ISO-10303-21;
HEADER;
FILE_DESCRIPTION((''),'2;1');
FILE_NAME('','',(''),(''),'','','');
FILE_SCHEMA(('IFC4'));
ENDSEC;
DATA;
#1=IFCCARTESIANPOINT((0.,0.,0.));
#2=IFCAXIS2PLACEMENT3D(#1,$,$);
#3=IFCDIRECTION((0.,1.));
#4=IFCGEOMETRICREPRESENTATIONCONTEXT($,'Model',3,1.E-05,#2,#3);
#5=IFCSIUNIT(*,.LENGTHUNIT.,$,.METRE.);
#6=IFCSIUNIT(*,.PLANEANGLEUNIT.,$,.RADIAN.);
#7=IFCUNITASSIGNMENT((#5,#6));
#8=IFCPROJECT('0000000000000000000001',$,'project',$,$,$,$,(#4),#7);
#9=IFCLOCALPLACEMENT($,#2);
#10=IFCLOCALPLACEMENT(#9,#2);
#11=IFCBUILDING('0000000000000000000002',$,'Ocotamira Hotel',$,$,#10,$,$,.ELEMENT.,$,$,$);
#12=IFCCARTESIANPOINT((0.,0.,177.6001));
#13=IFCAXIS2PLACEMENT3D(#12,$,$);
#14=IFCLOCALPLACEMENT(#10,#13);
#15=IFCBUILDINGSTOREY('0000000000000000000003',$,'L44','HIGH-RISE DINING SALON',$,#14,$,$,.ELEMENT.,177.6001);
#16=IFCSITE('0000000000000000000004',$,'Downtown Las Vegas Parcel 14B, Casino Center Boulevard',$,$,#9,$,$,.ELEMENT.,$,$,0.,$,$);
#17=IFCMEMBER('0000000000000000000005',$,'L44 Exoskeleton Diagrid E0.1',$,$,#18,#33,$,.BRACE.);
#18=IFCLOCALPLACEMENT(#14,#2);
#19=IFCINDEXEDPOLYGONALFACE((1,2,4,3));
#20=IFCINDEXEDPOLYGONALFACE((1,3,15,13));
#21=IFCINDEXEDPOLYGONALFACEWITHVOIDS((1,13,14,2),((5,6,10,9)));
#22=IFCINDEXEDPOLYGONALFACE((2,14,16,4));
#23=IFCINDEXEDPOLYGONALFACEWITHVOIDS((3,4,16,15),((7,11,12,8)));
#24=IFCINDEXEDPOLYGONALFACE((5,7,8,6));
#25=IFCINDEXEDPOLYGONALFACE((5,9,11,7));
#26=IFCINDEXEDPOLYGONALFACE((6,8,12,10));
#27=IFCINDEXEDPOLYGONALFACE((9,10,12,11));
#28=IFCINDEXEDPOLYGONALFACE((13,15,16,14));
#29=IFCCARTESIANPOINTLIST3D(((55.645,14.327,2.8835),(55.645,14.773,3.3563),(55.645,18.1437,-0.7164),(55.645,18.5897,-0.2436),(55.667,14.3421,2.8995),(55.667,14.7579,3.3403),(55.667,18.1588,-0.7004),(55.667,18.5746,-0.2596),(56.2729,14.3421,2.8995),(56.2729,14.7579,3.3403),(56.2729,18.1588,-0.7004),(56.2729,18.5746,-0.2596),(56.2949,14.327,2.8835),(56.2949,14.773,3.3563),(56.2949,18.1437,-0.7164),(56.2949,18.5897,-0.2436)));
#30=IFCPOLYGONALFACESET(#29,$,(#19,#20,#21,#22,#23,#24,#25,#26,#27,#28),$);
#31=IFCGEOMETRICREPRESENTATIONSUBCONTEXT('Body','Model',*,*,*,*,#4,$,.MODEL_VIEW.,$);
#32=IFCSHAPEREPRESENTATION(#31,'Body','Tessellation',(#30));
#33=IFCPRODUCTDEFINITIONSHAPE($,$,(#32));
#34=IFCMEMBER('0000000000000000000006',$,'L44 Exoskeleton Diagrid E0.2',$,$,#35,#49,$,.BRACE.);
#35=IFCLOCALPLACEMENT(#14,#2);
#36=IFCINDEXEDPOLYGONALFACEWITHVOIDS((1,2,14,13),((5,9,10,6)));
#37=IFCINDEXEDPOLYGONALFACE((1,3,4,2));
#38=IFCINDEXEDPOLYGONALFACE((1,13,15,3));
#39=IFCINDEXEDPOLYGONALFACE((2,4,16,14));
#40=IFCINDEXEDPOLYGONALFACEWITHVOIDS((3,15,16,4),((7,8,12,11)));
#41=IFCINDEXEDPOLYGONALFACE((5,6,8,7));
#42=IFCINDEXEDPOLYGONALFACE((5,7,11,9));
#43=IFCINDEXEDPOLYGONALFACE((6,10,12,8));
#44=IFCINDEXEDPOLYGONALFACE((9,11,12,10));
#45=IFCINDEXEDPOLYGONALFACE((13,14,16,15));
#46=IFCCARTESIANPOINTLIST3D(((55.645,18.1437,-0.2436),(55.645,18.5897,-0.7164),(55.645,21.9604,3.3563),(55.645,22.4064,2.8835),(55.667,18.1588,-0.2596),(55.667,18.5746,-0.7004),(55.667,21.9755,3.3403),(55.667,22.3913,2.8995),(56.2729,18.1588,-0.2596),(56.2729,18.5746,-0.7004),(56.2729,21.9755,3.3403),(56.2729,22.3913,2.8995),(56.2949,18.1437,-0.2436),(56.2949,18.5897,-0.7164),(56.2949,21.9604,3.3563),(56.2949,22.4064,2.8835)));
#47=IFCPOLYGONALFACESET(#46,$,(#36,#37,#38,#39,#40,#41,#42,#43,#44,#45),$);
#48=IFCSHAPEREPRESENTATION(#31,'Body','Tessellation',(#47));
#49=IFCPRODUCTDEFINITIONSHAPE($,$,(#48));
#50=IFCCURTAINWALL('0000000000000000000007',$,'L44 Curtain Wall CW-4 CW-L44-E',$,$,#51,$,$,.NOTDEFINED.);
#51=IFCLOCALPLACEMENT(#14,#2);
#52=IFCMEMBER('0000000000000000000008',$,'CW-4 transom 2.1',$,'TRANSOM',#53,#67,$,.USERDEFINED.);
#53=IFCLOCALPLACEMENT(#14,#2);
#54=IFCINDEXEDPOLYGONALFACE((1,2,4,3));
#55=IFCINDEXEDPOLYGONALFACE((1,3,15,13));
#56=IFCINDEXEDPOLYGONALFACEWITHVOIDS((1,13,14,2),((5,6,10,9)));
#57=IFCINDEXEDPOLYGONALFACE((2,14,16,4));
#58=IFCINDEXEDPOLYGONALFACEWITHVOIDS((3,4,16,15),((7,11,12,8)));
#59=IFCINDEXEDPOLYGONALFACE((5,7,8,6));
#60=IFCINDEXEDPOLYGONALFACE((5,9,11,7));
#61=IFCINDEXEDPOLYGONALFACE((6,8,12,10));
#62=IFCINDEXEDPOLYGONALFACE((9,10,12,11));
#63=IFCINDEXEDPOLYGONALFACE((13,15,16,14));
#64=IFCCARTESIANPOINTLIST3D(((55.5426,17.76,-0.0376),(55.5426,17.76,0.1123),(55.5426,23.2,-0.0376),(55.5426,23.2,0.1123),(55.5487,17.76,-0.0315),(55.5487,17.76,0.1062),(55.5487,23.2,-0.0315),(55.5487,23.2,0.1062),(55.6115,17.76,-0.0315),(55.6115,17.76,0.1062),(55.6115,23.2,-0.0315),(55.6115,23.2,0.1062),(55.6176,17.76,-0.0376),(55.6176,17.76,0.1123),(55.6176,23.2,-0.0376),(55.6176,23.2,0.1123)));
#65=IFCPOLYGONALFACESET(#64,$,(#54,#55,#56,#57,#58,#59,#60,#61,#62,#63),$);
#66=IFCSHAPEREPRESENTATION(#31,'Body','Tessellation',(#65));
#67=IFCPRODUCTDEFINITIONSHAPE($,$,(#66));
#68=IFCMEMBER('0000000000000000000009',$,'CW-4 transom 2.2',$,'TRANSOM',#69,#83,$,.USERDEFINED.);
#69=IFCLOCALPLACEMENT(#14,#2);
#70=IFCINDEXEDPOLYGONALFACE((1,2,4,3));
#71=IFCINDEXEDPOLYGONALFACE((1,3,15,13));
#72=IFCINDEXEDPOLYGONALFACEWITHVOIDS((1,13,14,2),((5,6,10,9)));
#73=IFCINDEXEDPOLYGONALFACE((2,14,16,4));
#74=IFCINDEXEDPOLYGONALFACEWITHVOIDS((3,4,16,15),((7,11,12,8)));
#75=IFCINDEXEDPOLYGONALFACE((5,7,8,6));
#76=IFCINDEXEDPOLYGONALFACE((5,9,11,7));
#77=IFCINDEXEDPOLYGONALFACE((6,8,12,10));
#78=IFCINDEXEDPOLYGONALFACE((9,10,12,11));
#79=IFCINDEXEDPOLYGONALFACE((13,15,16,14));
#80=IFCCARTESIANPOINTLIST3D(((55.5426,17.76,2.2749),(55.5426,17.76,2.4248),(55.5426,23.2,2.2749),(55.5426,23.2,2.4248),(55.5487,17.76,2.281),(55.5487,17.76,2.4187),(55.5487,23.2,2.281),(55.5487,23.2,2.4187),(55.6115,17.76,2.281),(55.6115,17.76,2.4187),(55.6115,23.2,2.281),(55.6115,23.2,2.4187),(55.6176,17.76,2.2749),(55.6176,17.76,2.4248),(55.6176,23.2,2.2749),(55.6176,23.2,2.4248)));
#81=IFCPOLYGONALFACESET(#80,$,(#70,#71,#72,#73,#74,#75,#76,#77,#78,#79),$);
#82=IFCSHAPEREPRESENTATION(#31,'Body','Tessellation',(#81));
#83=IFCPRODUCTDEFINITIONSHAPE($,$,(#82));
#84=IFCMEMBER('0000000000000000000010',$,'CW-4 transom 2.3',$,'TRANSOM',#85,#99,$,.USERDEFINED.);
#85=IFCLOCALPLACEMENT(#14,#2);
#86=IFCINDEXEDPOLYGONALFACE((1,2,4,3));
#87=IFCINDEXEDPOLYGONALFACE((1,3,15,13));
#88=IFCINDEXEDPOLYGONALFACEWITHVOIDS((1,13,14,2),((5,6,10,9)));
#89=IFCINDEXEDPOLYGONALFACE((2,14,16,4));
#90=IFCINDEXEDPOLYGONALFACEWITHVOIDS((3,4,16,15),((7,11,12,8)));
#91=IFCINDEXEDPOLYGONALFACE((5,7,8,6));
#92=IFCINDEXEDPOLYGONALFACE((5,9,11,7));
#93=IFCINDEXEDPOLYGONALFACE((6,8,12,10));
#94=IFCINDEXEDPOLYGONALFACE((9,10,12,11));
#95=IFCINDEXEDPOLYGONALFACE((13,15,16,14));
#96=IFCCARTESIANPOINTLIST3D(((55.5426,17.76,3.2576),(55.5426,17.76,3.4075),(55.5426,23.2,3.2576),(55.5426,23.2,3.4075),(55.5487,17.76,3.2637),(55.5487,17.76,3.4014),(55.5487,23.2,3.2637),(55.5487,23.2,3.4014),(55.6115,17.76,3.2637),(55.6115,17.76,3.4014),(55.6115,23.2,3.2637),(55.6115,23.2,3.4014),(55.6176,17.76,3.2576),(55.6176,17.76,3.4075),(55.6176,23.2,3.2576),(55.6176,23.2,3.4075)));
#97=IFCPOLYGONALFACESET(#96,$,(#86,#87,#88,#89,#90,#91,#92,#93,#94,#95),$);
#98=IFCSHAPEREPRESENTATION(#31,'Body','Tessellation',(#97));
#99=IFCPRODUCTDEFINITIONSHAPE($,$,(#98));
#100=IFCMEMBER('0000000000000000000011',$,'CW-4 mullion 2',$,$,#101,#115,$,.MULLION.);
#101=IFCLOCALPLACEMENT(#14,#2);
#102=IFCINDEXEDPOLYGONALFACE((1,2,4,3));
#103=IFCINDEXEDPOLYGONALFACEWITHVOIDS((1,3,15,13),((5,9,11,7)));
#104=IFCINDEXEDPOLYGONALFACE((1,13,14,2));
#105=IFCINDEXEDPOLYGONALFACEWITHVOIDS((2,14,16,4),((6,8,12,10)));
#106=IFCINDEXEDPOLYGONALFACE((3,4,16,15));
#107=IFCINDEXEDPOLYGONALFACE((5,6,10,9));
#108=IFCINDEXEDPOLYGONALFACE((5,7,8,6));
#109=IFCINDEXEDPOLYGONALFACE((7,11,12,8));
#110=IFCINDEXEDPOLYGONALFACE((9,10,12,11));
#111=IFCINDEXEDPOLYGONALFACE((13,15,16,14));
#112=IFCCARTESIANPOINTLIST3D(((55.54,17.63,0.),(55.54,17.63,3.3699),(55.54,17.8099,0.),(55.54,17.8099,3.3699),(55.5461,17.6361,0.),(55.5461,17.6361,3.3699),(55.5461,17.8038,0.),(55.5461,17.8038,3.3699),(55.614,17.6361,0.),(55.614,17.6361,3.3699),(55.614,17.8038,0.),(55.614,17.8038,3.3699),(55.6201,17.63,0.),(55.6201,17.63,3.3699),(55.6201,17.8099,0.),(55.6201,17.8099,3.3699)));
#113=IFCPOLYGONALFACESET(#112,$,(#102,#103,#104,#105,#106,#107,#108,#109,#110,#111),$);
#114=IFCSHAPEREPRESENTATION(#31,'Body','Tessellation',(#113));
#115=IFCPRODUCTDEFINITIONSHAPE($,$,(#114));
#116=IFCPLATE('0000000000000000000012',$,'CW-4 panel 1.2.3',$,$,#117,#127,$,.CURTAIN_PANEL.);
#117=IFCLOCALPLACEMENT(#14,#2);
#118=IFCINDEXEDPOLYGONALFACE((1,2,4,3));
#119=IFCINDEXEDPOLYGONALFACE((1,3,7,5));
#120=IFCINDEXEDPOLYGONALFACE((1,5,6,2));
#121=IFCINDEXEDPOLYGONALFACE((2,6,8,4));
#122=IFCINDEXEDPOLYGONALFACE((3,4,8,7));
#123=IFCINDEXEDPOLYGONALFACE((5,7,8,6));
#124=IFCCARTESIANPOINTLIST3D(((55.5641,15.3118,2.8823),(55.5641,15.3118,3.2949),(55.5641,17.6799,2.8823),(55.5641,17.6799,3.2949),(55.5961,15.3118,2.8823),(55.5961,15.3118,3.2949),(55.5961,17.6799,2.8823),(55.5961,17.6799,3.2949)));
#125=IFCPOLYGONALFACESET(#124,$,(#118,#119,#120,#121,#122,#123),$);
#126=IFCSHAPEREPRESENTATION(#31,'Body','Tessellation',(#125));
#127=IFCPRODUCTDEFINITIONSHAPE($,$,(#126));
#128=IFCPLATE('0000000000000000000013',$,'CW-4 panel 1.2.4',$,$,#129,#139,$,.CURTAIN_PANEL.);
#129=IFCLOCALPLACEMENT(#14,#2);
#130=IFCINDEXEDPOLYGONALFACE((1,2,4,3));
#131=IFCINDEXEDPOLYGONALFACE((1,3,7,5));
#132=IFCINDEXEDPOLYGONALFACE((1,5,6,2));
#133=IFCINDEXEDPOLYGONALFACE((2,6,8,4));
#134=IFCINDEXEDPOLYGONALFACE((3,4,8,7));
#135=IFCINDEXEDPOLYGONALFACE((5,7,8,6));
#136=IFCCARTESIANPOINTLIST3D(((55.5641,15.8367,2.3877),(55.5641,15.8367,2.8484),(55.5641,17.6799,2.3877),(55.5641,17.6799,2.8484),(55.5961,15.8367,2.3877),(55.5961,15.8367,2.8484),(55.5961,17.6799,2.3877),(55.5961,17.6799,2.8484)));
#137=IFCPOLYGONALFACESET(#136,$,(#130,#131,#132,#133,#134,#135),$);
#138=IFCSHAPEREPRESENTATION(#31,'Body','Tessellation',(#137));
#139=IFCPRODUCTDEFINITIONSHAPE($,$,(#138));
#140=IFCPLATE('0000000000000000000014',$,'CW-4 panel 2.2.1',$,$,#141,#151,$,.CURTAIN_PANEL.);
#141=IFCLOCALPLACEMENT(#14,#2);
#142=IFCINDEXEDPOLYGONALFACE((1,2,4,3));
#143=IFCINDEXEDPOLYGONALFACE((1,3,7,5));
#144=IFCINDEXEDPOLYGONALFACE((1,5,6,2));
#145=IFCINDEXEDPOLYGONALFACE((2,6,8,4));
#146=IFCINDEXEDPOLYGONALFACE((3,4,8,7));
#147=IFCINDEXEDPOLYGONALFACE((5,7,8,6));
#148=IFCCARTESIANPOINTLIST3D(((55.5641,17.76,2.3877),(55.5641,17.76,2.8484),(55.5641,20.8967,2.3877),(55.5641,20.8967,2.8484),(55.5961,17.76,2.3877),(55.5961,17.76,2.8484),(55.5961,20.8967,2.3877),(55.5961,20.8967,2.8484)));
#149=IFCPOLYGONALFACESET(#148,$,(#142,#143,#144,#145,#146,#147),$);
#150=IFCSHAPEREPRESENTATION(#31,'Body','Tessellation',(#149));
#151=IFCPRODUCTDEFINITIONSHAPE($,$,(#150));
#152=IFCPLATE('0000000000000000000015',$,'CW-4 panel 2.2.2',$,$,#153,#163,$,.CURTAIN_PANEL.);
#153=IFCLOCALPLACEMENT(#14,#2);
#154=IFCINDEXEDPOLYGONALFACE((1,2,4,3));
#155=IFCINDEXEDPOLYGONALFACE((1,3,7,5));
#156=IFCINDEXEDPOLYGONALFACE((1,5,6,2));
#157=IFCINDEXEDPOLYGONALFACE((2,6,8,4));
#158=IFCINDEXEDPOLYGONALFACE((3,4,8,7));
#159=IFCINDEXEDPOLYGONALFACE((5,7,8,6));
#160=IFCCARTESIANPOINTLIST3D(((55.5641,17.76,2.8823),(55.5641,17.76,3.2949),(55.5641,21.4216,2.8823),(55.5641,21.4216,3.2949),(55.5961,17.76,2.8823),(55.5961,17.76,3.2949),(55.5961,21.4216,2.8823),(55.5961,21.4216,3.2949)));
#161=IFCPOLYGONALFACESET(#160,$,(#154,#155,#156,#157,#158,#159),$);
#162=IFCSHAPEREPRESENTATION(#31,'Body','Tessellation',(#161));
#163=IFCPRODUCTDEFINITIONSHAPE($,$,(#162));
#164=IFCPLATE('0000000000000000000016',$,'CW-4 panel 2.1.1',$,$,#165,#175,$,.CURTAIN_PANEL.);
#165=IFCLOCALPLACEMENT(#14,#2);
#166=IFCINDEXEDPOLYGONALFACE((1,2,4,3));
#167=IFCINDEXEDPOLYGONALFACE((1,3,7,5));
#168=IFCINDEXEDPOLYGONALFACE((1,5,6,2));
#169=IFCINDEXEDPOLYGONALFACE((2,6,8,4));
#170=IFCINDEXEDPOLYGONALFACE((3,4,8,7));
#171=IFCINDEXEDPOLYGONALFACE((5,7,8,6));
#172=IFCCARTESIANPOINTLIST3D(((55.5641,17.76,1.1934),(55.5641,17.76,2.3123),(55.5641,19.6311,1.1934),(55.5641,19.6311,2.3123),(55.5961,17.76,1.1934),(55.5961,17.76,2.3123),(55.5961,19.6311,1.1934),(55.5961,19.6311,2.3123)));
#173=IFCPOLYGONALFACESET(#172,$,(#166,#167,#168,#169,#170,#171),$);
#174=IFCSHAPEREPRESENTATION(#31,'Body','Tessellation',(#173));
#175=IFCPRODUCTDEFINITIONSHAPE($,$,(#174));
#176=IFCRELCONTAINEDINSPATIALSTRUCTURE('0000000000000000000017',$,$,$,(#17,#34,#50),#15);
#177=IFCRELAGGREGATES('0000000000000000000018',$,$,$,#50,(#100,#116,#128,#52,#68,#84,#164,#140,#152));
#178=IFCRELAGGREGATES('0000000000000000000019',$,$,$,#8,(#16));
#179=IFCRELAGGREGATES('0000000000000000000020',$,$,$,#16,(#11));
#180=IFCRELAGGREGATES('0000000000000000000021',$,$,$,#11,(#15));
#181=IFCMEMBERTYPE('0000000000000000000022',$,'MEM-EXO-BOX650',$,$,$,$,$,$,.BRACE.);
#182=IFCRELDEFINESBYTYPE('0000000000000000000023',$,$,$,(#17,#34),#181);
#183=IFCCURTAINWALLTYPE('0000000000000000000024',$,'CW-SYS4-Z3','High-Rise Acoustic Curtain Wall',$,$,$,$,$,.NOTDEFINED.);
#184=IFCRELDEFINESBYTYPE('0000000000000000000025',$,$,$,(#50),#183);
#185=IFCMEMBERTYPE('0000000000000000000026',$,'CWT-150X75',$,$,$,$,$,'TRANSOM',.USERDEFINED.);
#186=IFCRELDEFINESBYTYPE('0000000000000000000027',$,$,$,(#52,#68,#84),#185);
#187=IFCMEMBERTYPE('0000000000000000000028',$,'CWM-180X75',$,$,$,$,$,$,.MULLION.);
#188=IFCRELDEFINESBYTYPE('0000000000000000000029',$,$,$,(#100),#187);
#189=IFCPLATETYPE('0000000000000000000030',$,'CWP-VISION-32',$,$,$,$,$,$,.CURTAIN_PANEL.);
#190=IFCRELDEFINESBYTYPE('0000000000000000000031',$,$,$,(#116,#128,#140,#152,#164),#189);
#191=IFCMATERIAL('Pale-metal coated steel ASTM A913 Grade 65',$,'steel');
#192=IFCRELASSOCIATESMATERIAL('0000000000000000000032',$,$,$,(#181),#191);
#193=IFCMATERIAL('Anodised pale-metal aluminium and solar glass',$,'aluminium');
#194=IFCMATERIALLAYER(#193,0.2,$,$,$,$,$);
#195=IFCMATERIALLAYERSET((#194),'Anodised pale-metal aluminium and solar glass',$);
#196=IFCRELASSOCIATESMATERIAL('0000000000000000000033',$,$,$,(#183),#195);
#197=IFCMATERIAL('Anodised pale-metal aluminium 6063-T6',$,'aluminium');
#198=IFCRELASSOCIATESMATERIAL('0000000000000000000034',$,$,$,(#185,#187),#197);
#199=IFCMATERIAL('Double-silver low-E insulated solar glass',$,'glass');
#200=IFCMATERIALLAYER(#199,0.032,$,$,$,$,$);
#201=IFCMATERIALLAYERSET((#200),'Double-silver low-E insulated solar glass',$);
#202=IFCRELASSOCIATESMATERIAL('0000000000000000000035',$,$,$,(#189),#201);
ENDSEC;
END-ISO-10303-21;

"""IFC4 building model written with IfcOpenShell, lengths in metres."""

from ifc_helpers import new_model, si_unit, direction, frame, origin, origin_2d, place, context, subcontext, project, spatial, rectangle, hollow_rectangle, extrude, source, transform, mapped, material, layer, layer_set, material_profile, profile_set, type_object, element, aggregate, save


model = new_model("IFC4")

# Units and contexts
model_context = context("Model", 3, precision=1e-05, world=origin(), true_north=direction((0.0, 1.0)))
body_context = subcontext(model_context, "Body", "Model", "MODEL_VIEW")
ifc_project = project(units=[si_unit("LENGTHUNIT", "METRE"), si_unit("PLANEANGLEUNIT", "RADIAN")], contexts=[model_context])

# Site, building, storey
site_placement = place(None, origin())
site = spatial("IfcSite", under=ifc_project, at=site_placement, Name="Downtown Las Vegas Parcel 14B, Casino Center Boulevard", CompositionType="ELEMENT", RefElevation=0.0)
building_placement = place(site_placement, origin())
building = spatial("IfcBuilding", under=site, at=building_placement, Name="Ocotamira Hotel", CompositionType="ELEMENT")
storey_placement = place(building_placement, frame((0.0, 0.0, 177.6001)))
storey = spatial("IfcBuildingStorey", under=building, at=storey_placement, Name="L44", Description="HIGH-RISE DINING SALON", CompositionType="ELEMENT", Elevation=177.6001)

# Members
ifc_material_1 = material(Name="Pale-metal coated steel ASTM A913 Grade 65", Category="steel")
ifc_material_profile_1 = material_profile(ifc_material_1, hollow_rectangle(XDim=0.6499, YDim=0.6499, WallThickness=0.022, at=origin_2d()), Name="BOX650X650X22")
ifc_profile_set_1 = profile_set([ifc_material_profile_1], Name="Pale-metal coated steel ASTM A913 Grade 65")
member_type_1 = type_object("IfcMemberType", Name="MEM-EXO-BOX650", PredefinedType="BRACE", material=ifc_profile_set_1)
shared_shape_1 = source(origin(), body_context, "Body", "SweptSolid", [
    extrude(hollow_rectangle(XDim=0.6499, YDim=0.6499, WallThickness=0.022, at=origin_2d()), origin(), (0.0, 0.0, 1.0), 5.2466),
])
for number, where, z_axis, x_axis, name in (
    (1, (55.97, 18.3667, -0.48), (0.0, -0.727466, 0.686144), (1.0, 0.0, 0.0), "L44 Exoskeleton Diagrid E0.1"),
    (2, (55.97, 18.3667, -0.48), (0.0, 0.727466, 0.686144), (-1.0, 0.0, 0.0), "L44 Exoskeleton Diagrid E0.2"),
):
    element("IfcMember", number, at=place(storey_placement, frame(where, z_axis=z_axis, x_axis=x_axis)), inside=storey, type_object=member_type_1, Name=name, PredefinedType="BRACE", context=body_context, shape_type="MappedRepresentation", body=[
        mapped(shared_shape_1, transform((0.0, 0.0, 0.0), scale=1.0)),
    ])

# Curtain wall, members, plates
ifc_material_2 = material(Name="Anodised pale-metal aluminium and solar glass", Category="aluminium")
ifc_layer_1 = layer(ifc_material_2, 0.2)
ifc_layer_set_1 = layer_set([ifc_layer_1], Name="Anodised pale-metal aluminium and solar glass")
curtain_wall_type = type_object("IfcCurtainWallType", Name="CW-SYS4-Z3", Description="High-Rise Acoustic Curtain Wall", PredefinedType="NOTDEFINED", material=ifc_layer_set_1)
curtain_wall_placement = place(storey_placement, origin())
curtain_wall = element("IfcCurtainWall", 3, at=curtain_wall_placement, inside=storey, type_object=curtain_wall_type, Name="L44 Curtain Wall CW-4 CW-L44-E", PredefinedType="NOTDEFINED")
ifc_material_3 = material(Name="Anodised pale-metal aluminium 6063-T6", Category="aluminium")
ifc_material_profile_2 = material_profile(ifc_material_3, hollow_rectangle(XDim=0.075, YDim=0.1499, WallThickness=0.0061, at=origin_2d()), Name="HSS150X75X6")
ifc_profile_set_2 = profile_set([ifc_material_profile_2], Name="Anodised pale-metal aluminium 6063-T6")
member_type_2 = type_object("IfcMemberType", Name="CWT-150X75", ElementType="TRANSOM", PredefinedType="USERDEFINED", material=ifc_profile_set_2)
shared_shape_2 = source(origin(), body_context, "Body", "SweptSolid", [
    extrude(hollow_rectangle(XDim=0.075, YDim=0.1499, WallThickness=0.0061, at=origin_2d()), origin(), (0.0, 0.0, 1.0), 5.4399),
])
member_1_placement = place(storey_placement, frame((55.5801, 17.76, 0.0374), z_axis=(0.0, 1.0, 0.0), x_axis=(-1.0, 0.0, 0.0)))
member_1 = element("IfcMember", 4, at=member_1_placement, type_object=member_type_2, Name="CW-4 transom 2.1", ObjectType="TRANSOM", PredefinedType="USERDEFINED", context=body_context, shape_type="MappedRepresentation", body=[
    mapped(shared_shape_2, transform((0.0, 0.0, 0.0), scale=1.0)),
])
member_2_placement = place(storey_placement, frame((55.5801, 17.76, 2.3499), z_axis=(0.0, 1.0, 0.0), x_axis=(-1.0, 0.0, 0.0)))
member_2 = element("IfcMember", 5, at=member_2_placement, type_object=member_type_2, Name="CW-4 transom 2.2", ObjectType="TRANSOM", PredefinedType="USERDEFINED", context=body_context, shape_type="MappedRepresentation", body=[
    mapped(shared_shape_2, transform((0.0, 0.0, 0.0), scale=1.0)),
])
member_3_placement = place(storey_placement, frame((55.5801, 17.76, 3.3325), z_axis=(0.0, 1.0, 0.0), x_axis=(-1.0, 0.0, 0.0)))
member_3 = element("IfcMember", 6, at=member_3_placement, type_object=member_type_2, Name="CW-4 transom 2.3", ObjectType="TRANSOM", PredefinedType="USERDEFINED", context=body_context, shape_type="MappedRepresentation", body=[
    mapped(shared_shape_2, transform((0.0, 0.0, 0.0), scale=1.0)),
])
ifc_material_profile_3 = material_profile(ifc_material_3, hollow_rectangle(XDim=0.0801, YDim=0.1799, WallThickness=0.0061, at=origin_2d()), Name="HSS180X80X6")
ifc_profile_set_3 = profile_set([ifc_material_profile_3], Name="Anodised pale-metal aluminium 6063-T6")
member_type_3 = type_object("IfcMemberType", Name="CWM-180X75", PredefinedType="MULLION", material=ifc_profile_set_3)
shared_shape_3 = source(origin(), body_context, "Body", "SweptSolid", [
    extrude(hollow_rectangle(XDim=0.0801, YDim=0.1799, WallThickness=0.0061, at=origin_2d()), origin(), (0.0, 0.0, 1.0), 3.3699),
])
member_4_placement = place(storey_placement, frame((55.5801, 17.72, 0.0), z_axis=(0.0, 0.0, 1.0), x_axis=(-1.0, 0.0, 0.0)))
member_4 = element("IfcMember", 7, at=member_4_placement, type_object=member_type_3, Name="CW-4 mullion 2", PredefinedType="MULLION", context=body_context, shape_type="MappedRepresentation", body=[
    mapped(shared_shape_3, transform((0.0, 0.0, 0.0), scale=1.0)),
])
ifc_material_4 = material(Name="Double-silver low-E insulated solar glass", Category="glass")
ifc_layer_2 = layer(ifc_material_4, 0.032)
ifc_layer_set_2 = layer_set([ifc_layer_2], Name="Double-silver low-E insulated solar glass")
plate_type = type_object("IfcPlateType", Name="CWP-VISION-32", PredefinedType="CURTAIN_PANEL", material=ifc_layer_set_2)
shared_shape_4 = source(origin(), body_context, "Body", "SweptSolid", [
    extrude(rectangle(XDim=2.3682, YDim=0.032, at=origin_2d()), origin(), (0.0, 0.0, 1.0), 0.4126),
])
plate_1_placement = place(storey_placement, frame((55.5801, 16.4958, 2.8823), z_axis=(0.0, 0.0, 1.0), x_axis=(0.0, 1.0, 0.0)))
plate_1 = element("IfcPlate", 8, at=plate_1_placement, type_object=plate_type, Name="CW-4 panel 1.2.3", PredefinedType="CURTAIN_PANEL", context=body_context, shape_type="MappedRepresentation", body=[
    mapped(shared_shape_4, transform((0.0, 0.0, 0.0), scale=1.0)),
])
shared_shape_5 = source(origin(), body_context, "Body", "SweptSolid", [
    extrude(rectangle(XDim=1.8433, YDim=0.032, at=origin_2d()), origin(), (0.0, 0.0, 1.0), 0.4607),
])
plate_2_placement = place(storey_placement, frame((55.5801, 16.7583, 2.3877), z_axis=(0.0, 0.0, 1.0), x_axis=(0.0, 1.0, 0.0)))
plate_2 = element("IfcPlate", 9, at=plate_2_placement, type_object=plate_type, Name="CW-4 panel 1.2.4", PredefinedType="CURTAIN_PANEL", context=body_context, shape_type="MappedRepresentation", body=[
    mapped(shared_shape_5, transform((0.0, 0.0, 0.0), scale=1.0)),
])
shared_shape_6 = source(origin(), body_context, "Body", "SweptSolid", [
    extrude(rectangle(XDim=3.1367, YDim=0.032, at=origin_2d()), origin(), (0.0, 0.0, 1.0), 0.4607),
])
plate_3_placement = place(storey_placement, frame((55.5801, 19.3284, 2.3877), z_axis=(0.0, 0.0, 1.0), x_axis=(0.0, 1.0, 0.0)))
plate_3 = element("IfcPlate", 10, at=plate_3_placement, type_object=plate_type, Name="CW-4 panel 2.2.1", PredefinedType="CURTAIN_PANEL", context=body_context, shape_type="MappedRepresentation", body=[
    mapped(shared_shape_6, transform((0.0, 0.0, 0.0), scale=1.0)),
])
shared_shape_7 = source(origin(), body_context, "Body", "SweptSolid", [
    extrude(rectangle(XDim=3.6616, YDim=0.032, at=origin_2d()), origin(), (0.0, 0.0, 1.0), 0.4126),
])
plate_4_placement = place(storey_placement, frame((55.5801, 19.5908, 2.8823), z_axis=(0.0, 0.0, 1.0), x_axis=(0.0, 1.0, 0.0)))
plate_4 = element("IfcPlate", 11, at=plate_4_placement, type_object=plate_type, Name="CW-4 panel 2.2.2", PredefinedType="CURTAIN_PANEL", context=body_context, shape_type="MappedRepresentation", body=[
    mapped(shared_shape_7, transform((0.0, 0.0, 0.0), scale=1.0)),
])
shared_shape_8 = source(origin(), body_context, "Body", "SweptSolid", [
    extrude(rectangle(XDim=1.8711, YDim=0.032, at=origin_2d()), origin(), (0.0, 0.0, 1.0), 1.1189),
])
plate_5_placement = place(storey_placement, frame((55.5801, 18.6956, 1.1934), z_axis=(0.0, 0.0, 1.0), x_axis=(0.0, 1.0, 0.0)))
plate_5 = element("IfcPlate", 12, at=plate_5_placement, type_object=plate_type, Name="CW-4 panel 2.1.1", PredefinedType="CURTAIN_PANEL", context=body_context, shape_type="MappedRepresentation", body=[
    mapped(shared_shape_8, transform((0.0, 0.0, 0.0), scale=1.0)),
])
aggregate(curtain_wall, [member_4, plate_1, plate_2, member_1, member_2, member_3, plate_5, plate_3, plate_4])

save(model, "model.ifc")
